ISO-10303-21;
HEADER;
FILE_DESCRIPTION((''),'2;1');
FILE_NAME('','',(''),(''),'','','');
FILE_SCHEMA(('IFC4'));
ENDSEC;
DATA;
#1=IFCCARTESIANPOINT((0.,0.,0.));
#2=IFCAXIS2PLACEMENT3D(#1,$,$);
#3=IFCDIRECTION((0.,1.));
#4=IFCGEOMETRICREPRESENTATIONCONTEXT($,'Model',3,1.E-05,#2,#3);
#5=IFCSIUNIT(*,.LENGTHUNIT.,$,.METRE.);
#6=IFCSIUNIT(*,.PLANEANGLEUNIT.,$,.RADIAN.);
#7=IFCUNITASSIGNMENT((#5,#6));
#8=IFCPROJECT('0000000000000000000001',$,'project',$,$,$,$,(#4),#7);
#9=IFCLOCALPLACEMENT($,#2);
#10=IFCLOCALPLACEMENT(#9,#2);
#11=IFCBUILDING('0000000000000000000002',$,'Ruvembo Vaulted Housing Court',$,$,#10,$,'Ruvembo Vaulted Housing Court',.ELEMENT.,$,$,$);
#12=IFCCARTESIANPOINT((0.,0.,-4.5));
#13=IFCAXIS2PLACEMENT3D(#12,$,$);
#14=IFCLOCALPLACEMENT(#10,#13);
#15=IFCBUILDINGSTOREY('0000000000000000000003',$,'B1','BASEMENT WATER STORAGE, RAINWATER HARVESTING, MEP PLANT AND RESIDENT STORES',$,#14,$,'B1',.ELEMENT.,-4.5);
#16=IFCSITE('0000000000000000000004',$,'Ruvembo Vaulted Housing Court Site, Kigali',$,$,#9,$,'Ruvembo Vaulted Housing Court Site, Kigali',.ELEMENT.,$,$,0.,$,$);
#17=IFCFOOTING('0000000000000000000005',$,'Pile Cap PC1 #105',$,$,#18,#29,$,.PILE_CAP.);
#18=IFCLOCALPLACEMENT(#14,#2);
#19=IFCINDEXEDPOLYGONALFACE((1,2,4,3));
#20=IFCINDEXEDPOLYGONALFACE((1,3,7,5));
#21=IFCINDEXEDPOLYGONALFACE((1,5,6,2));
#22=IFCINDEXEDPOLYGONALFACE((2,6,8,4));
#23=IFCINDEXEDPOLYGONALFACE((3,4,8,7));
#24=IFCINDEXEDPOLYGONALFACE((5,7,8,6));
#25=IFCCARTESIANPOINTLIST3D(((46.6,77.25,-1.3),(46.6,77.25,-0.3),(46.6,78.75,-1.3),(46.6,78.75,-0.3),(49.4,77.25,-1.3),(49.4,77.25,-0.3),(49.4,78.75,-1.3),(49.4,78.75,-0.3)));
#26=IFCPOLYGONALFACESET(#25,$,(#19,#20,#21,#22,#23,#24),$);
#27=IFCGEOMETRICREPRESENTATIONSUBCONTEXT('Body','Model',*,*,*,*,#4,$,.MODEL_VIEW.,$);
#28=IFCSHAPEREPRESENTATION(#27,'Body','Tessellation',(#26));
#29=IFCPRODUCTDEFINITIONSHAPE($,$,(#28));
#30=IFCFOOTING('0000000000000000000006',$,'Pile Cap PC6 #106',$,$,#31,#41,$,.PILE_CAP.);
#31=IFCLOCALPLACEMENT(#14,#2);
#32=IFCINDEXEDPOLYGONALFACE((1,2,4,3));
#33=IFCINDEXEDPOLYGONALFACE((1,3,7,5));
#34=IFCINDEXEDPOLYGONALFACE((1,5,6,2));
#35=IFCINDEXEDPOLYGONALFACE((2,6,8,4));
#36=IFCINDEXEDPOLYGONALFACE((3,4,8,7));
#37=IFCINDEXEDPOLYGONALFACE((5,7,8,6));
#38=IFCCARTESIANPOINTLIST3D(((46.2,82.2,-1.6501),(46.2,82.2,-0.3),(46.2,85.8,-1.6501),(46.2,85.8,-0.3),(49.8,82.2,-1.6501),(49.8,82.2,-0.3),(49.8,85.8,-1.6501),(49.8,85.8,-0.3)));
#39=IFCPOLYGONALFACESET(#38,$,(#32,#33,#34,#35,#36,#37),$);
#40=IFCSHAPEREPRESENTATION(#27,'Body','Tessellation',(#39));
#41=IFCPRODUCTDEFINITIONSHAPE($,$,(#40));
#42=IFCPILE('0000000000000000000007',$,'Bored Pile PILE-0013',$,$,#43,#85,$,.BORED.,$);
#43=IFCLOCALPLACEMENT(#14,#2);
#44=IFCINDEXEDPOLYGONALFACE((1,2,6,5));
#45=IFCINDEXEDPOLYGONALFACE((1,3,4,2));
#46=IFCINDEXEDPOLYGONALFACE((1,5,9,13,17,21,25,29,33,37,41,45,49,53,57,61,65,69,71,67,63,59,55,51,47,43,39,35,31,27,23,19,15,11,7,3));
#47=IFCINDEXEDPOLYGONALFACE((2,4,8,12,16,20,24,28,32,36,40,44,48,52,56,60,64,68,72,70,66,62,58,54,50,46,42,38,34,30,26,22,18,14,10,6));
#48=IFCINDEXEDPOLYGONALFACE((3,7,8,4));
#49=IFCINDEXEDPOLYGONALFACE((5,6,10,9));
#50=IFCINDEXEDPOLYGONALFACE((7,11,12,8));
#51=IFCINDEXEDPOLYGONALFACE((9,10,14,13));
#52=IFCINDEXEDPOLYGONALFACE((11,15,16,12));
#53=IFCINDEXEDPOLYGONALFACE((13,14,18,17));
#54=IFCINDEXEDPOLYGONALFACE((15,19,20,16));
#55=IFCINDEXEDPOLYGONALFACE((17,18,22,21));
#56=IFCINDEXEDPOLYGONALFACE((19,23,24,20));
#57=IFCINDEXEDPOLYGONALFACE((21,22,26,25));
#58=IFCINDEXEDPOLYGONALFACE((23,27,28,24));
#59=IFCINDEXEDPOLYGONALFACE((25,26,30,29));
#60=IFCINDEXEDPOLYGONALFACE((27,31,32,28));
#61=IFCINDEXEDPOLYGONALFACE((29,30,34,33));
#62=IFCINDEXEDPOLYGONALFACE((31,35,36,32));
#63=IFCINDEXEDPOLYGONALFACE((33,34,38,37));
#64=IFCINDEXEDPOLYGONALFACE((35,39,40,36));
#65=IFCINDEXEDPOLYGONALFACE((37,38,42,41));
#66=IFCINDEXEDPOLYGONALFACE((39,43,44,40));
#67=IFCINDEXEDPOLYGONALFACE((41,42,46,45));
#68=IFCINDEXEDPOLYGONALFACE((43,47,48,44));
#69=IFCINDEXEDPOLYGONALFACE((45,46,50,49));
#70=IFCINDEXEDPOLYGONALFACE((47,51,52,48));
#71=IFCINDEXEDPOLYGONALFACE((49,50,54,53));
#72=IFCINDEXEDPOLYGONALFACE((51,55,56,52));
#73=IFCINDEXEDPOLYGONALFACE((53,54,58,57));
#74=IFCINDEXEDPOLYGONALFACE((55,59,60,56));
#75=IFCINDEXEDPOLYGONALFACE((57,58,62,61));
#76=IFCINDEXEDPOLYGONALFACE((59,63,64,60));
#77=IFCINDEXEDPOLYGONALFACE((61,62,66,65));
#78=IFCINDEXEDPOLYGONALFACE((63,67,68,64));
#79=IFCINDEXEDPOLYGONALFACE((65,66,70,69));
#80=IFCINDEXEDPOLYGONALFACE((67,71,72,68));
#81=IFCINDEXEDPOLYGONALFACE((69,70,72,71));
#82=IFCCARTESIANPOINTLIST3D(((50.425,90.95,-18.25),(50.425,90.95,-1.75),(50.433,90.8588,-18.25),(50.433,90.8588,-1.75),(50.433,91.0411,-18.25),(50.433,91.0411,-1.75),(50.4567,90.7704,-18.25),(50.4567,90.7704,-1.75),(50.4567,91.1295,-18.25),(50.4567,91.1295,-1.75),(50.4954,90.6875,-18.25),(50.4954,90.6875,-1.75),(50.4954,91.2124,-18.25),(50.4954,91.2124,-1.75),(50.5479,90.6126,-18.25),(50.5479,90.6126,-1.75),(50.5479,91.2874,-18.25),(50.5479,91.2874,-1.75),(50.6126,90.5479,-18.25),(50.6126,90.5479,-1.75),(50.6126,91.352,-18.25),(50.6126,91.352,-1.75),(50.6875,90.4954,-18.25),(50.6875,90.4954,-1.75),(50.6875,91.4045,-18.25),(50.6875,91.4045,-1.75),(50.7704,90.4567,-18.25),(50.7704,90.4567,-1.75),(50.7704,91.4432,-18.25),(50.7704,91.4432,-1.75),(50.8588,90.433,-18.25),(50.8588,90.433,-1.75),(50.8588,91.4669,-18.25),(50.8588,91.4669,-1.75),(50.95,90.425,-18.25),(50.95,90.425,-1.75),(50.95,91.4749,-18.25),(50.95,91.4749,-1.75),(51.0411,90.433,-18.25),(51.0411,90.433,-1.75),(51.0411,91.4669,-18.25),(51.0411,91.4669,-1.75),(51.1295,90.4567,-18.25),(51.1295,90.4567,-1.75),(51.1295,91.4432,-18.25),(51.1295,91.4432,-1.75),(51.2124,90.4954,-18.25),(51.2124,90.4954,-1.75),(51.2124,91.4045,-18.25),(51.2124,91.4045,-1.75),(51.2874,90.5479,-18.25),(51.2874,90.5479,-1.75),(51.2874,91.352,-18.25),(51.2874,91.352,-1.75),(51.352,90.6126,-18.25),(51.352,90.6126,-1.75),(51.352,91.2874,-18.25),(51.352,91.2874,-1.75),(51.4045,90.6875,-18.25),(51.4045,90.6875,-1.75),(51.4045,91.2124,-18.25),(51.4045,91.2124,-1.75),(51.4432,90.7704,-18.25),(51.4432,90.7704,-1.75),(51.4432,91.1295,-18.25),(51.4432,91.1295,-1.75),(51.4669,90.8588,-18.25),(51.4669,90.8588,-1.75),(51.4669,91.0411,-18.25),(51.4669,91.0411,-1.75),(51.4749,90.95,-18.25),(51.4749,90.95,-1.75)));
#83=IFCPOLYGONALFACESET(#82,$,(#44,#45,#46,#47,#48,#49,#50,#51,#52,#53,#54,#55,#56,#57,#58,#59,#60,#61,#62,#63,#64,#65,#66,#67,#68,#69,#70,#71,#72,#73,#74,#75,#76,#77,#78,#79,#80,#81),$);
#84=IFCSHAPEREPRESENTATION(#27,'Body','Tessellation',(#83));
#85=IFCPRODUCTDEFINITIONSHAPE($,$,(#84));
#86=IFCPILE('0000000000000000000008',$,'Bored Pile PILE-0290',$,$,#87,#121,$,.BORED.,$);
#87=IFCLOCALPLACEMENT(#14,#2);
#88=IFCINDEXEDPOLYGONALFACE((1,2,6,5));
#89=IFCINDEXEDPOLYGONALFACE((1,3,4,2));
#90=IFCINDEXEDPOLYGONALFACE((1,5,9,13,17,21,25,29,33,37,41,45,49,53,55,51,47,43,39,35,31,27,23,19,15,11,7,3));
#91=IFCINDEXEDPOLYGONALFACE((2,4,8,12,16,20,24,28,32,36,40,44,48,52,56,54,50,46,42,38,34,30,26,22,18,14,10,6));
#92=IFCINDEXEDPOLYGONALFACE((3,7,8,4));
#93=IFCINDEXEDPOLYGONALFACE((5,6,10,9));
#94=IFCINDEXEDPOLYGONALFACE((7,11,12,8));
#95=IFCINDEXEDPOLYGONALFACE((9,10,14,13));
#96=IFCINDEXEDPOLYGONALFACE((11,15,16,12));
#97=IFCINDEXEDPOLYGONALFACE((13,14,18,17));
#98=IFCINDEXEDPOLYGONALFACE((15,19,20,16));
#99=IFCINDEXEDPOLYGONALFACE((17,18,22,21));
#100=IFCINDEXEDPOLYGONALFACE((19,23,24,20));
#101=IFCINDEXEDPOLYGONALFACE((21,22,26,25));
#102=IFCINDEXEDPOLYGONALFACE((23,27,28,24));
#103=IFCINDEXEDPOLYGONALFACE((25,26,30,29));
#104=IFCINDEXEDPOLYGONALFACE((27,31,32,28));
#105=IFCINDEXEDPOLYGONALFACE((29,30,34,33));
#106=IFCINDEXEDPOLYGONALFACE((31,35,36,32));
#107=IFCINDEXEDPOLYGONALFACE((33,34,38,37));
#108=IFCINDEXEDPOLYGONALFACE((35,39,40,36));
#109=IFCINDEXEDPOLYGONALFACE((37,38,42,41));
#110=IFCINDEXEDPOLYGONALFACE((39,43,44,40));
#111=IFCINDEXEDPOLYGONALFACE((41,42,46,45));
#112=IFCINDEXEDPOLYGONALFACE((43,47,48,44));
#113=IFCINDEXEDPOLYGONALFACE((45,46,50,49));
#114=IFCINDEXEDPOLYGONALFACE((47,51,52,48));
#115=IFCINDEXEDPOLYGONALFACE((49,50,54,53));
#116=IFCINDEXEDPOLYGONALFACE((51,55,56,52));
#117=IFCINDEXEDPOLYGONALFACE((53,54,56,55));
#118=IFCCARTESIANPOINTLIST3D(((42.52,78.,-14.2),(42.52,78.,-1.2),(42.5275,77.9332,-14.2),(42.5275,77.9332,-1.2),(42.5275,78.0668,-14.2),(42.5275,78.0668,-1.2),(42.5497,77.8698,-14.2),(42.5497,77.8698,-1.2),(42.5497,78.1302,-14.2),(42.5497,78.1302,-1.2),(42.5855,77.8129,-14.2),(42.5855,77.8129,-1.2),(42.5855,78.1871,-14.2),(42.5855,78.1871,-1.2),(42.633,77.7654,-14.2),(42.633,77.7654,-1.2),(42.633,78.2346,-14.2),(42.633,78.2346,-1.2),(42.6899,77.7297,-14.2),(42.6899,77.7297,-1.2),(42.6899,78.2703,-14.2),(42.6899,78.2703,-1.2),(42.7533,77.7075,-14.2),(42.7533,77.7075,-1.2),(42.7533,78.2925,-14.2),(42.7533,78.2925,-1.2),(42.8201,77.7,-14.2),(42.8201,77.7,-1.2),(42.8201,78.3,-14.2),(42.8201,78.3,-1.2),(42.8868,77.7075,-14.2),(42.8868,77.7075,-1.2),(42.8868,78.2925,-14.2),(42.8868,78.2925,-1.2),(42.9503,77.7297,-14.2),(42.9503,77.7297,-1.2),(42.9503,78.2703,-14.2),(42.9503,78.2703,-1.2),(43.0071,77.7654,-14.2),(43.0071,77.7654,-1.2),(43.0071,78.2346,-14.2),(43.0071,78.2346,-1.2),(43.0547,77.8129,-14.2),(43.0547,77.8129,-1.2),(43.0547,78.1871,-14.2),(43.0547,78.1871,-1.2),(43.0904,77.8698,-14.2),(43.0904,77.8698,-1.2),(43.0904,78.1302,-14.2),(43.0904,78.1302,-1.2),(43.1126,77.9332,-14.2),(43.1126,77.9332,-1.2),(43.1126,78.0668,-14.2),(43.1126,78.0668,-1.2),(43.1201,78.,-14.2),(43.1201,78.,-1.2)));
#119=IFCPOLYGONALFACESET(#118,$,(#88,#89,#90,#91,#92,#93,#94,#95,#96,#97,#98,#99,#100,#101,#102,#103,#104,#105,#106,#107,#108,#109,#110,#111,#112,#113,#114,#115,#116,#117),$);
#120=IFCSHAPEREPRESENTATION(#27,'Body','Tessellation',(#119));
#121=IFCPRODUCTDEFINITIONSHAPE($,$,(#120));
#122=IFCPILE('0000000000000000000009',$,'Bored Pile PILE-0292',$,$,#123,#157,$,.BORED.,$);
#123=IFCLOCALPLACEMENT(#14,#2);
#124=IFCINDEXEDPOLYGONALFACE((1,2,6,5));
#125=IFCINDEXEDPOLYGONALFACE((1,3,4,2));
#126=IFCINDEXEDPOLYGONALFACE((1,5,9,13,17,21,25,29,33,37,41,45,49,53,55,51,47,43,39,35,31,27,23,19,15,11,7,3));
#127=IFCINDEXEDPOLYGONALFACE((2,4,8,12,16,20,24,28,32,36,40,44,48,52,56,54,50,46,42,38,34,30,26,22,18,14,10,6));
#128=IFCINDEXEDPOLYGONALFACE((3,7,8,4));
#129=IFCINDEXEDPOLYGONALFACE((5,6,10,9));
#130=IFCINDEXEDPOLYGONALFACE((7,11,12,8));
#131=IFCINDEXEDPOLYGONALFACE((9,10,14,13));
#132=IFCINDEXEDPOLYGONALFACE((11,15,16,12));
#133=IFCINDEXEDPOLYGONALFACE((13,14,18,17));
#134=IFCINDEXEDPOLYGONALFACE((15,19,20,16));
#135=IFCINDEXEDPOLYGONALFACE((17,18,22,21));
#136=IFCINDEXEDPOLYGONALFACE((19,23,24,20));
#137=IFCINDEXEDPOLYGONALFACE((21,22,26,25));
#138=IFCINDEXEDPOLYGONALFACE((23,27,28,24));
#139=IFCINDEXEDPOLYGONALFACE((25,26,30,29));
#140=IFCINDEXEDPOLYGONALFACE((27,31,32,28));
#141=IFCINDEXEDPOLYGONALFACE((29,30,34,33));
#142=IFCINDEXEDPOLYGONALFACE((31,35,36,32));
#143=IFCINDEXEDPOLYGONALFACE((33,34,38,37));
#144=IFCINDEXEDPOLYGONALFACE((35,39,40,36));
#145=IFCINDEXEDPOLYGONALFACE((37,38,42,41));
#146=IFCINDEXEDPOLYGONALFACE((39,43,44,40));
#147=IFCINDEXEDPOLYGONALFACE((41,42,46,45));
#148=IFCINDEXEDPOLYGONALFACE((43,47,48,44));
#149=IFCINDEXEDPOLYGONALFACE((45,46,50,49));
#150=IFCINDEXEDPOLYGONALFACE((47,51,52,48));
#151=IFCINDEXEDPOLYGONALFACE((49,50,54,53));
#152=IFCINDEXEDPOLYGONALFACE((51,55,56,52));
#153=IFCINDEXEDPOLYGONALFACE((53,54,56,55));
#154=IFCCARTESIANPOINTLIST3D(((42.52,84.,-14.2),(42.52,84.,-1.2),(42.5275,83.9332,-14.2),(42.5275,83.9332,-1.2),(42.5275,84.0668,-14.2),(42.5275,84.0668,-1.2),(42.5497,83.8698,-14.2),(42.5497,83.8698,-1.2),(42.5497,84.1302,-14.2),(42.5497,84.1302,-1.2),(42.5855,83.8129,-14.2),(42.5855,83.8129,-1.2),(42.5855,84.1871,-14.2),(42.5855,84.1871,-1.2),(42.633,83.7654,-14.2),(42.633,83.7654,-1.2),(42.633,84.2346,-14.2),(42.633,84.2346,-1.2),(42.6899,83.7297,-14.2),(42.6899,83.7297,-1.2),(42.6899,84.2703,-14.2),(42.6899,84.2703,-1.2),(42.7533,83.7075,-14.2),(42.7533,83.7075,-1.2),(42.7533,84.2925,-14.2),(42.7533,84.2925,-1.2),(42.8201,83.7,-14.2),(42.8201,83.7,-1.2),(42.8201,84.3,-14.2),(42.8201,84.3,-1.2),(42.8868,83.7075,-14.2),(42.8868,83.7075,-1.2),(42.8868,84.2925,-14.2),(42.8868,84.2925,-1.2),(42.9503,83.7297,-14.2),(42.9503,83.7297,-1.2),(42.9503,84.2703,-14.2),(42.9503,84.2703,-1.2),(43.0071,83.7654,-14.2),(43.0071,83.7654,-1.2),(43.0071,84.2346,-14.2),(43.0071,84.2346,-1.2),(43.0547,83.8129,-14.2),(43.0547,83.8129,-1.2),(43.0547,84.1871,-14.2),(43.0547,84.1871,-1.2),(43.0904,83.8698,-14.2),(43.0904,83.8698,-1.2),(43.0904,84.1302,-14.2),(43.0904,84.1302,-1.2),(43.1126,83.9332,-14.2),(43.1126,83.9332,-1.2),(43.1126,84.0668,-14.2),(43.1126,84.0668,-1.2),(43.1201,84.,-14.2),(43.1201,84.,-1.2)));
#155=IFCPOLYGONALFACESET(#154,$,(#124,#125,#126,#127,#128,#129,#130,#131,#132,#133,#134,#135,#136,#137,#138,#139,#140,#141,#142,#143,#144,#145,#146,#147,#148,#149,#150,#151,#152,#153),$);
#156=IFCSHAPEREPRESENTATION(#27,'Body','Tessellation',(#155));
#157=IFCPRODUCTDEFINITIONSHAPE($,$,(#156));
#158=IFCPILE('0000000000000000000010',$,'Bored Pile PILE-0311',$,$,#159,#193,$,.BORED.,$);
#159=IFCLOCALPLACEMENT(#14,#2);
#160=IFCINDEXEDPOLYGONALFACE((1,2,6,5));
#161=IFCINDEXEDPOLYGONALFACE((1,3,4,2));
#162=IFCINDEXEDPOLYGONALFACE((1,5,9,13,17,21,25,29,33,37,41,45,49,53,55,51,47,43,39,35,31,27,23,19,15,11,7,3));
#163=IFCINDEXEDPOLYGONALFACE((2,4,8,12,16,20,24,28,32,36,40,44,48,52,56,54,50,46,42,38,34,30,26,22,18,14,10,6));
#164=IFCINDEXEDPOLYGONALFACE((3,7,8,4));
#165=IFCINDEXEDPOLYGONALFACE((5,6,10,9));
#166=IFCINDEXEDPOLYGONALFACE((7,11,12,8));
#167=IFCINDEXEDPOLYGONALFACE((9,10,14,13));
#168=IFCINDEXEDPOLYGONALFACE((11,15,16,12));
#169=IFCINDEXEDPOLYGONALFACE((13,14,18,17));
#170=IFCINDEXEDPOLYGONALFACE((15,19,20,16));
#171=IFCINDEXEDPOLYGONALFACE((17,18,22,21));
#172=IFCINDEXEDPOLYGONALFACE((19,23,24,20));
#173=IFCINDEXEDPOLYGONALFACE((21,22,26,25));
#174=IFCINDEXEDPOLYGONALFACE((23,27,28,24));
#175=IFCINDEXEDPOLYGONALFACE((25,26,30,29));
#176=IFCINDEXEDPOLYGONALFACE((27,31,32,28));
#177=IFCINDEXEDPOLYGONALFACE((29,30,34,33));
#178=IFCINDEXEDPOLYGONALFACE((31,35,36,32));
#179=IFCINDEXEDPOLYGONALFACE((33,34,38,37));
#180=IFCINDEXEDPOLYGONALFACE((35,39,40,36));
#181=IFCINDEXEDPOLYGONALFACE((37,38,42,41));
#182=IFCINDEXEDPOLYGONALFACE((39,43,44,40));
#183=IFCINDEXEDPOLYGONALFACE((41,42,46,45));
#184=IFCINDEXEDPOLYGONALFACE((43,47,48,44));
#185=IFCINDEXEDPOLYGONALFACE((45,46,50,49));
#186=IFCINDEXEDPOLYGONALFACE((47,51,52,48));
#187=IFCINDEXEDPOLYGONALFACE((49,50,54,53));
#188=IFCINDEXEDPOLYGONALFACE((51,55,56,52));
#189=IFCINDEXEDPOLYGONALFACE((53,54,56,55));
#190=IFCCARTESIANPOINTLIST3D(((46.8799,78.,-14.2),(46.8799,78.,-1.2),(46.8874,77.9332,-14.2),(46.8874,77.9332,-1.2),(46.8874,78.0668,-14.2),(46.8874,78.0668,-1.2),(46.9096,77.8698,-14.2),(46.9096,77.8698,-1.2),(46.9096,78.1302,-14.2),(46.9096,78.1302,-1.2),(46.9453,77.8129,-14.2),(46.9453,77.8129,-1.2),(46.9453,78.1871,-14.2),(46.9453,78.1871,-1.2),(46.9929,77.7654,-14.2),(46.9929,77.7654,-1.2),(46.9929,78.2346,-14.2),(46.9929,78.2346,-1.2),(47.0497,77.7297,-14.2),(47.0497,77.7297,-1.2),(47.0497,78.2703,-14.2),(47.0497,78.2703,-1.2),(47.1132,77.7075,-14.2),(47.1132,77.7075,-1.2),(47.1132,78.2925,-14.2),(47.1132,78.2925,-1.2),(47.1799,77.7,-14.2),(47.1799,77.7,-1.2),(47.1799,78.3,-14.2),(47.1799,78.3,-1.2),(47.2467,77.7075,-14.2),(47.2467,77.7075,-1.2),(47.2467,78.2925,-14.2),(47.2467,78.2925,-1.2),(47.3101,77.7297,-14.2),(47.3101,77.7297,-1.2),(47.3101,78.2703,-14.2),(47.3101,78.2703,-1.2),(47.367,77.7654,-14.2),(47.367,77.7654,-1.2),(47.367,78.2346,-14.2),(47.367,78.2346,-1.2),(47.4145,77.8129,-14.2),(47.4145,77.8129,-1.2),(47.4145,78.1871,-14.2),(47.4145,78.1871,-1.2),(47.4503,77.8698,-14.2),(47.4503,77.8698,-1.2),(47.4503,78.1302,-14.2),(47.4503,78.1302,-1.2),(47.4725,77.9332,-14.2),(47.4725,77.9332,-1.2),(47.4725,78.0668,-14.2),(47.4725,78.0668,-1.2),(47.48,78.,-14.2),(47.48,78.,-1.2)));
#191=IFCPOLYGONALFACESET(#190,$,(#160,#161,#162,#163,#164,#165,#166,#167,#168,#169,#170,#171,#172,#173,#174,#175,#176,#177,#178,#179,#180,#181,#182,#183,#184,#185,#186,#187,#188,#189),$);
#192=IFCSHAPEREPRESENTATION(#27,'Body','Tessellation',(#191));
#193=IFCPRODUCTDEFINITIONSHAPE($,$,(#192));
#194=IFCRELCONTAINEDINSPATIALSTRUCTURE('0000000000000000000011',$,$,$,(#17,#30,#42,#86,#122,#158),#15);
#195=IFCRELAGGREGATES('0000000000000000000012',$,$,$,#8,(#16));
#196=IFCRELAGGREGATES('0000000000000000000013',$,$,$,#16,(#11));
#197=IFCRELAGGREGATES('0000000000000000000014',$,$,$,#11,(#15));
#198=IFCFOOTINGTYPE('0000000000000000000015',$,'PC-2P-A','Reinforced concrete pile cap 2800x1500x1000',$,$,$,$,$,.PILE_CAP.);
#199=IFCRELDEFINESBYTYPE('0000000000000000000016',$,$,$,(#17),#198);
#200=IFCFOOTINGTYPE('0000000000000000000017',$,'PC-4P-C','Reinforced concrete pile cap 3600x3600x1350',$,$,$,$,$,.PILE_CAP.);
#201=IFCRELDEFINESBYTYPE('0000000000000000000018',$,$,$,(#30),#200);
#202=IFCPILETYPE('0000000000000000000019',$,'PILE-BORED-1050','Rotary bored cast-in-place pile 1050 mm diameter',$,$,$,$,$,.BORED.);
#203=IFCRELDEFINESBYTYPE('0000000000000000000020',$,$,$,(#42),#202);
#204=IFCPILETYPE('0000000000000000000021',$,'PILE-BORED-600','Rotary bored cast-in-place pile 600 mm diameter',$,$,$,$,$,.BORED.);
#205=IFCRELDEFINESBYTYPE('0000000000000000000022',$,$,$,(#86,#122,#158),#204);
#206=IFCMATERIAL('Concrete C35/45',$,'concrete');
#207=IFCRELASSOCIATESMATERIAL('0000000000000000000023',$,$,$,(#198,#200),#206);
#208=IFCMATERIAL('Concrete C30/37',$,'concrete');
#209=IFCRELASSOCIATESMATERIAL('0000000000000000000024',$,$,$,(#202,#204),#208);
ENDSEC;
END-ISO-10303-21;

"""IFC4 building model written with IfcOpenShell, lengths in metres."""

from ifc_helpers import new_model, si_unit, direction, frame, origin, origin_2d, place, context, subcontext, project, spatial, rectangle, circle, extrude, material, material_profile, profile_set, type_object, element, save


model = new_model("IFC4")

# Units and contexts
model_context = context("Model", 3, precision=1e-05, world=origin(), true_north=direction((0.0, 1.0)))
body_context = subcontext(model_context, "Body", "Model", "MODEL_VIEW")
ifc_project = project(units=[si_unit("LENGTHUNIT", "METRE"), si_unit("PLANEANGLEUNIT", "RADIAN")], contexts=[model_context])

# Site, building, storey
site_placement = place(None, origin())
site = spatial("IfcSite", under=ifc_project, at=site_placement, Name="Ruvembo Vaulted Housing Court Site, Kigali", LongName="Ruvembo Vaulted Housing Court Site, Kigali", CompositionType="ELEMENT", RefElevation=0.0)
building_placement = place(site_placement, origin())
building = spatial("IfcBuilding", under=site, at=building_placement, Name="Ruvembo Vaulted Housing Court", LongName="Ruvembo Vaulted Housing Court", CompositionType="ELEMENT")
storey_placement = place(building_placement, frame((0.0, 0.0, -4.5)))
storey = spatial("IfcBuildingStorey", under=building, at=storey_placement, Name="B1", Description="BASEMENT WATER STORAGE, RAINWATER HARVESTING, MEP PLANT AND RESIDENT STORES", LongName="B1", CompositionType="ELEMENT", Elevation=-4.5)

# Footings
ifc_material_1 = material(Name="Concrete C35/45", Category="concrete")
footing_type_1 = type_object("IfcFootingType", Name="PC-2P-A", Description="Reinforced concrete pile cap 2800x1500x1000", PredefinedType="PILE_CAP", material=ifc_material_1)
footing_1_placement = place(storey_placement, frame((48.0, 78.0, -1.3), z_axis=(0.0, 0.0, 1.0), x_axis=(1.0, 0.0, 0.0)))
element("IfcFooting", 1, at=footing_1_placement, inside=storey, type_object=footing_type_1, Name="Pile Cap PC1 #105", PredefinedType="PILE_CAP", context=body_context, shape_type="SweptSolid", body=[
    extrude(rectangle(XDim=2.8, YDim=1.5, at=origin_2d()), origin(), (0.0, 0.0, 1.0), 1.0),
])
footing_type_2 = type_object("IfcFootingType", Name="PC-4P-C", Description="Reinforced concrete pile cap 3600x3600x1350", PredefinedType="PILE_CAP", material=ifc_material_1)
footing_2_placement = place(storey_placement, frame((48.0, 84.0, -1.6501), z_axis=(0.0, 0.0, 1.0), x_axis=(1.0, 0.0, 0.0)))
element("IfcFooting", 2, at=footing_2_placement, inside=storey, type_object=footing_type_2, Name="Pile Cap PC6 #106", PredefinedType="PILE_CAP", context=body_context, shape_type="SweptSolid", body=[
    extrude(rectangle(XDim=3.6001, YDim=3.6001, at=origin_2d()), origin(), (0.0, 0.0, 1.0), 1.3501),
])

# Piles
ifc_material_2 = material(Name="Concrete C30/37", Category="concrete")
ifc_material_profile_1 = material_profile(ifc_material_2, circle(Radius=0.5249, at=origin_2d()), Name="PILE D1050")
ifc_profile_set_1 = profile_set([ifc_material_profile_1], Name="Concrete C30/37")
pile_type_1 = type_object("IfcPileType", Name="PILE-BORED-1050", Description="Rotary bored cast-in-place pile 1050 mm diameter", PredefinedType="BORED", material=ifc_profile_set_1)
pile_placement = place(storey_placement, frame((50.95, 90.95, -1.75), z_axis=(0.0, 0.0, -1.0), x_axis=(1.0, 0.0, 0.0)))
element("IfcPile", 3, at=pile_placement, inside=storey, type_object=pile_type_1, Name="Bored Pile PILE-0013", PredefinedType="BORED", context=body_context, shape_type="SweptSolid", body=[
    extrude(circle(Radius=0.5249, at=origin_2d()), origin(), (0.0, 0.0, 1.0), 16.5),
])
ifc_material_profile_2 = material_profile(ifc_material_2, circle(Radius=0.3, at=origin_2d()), Name="PILE D600")
ifc_profile_set_2 = profile_set([ifc_material_profile_2], Name="Concrete C30/37")
pile_type_2 = type_object("IfcPileType", Name="PILE-BORED-600", Description="Rotary bored cast-in-place pile 600 mm diameter", PredefinedType="BORED", material=ifc_profile_set_2)
for number, where, z_axis, x_axis, name in (
    (4, (42.8201, 78.0, -1.2), (0.0, 0.0, -1.0), (1.0, 0.0, 0.0), "Bored Pile PILE-0290"),
    (5, (42.8201, 84.0, -1.2), (0.0, 0.0, -1.0), (1.0, 0.0, 0.0), "Bored Pile PILE-0292"),
    (6, (47.1799, 78.0, -1.2), (0.0, 0.0, -1.0), (1.0, 0.0, 0.0), "Bored Pile PILE-0311"),
):
    element("IfcPile", number, at=place(storey_placement, frame(where, z_axis=z_axis, x_axis=x_axis)), inside=storey, type_object=pile_type_2, Name=name, PredefinedType="BORED", context=body_context, shape_type="SweptSolid", body=[
        extrude(circle(Radius=0.3, at=origin_2d()), origin(), (0.0, 0.0, 1.0), 13.0),
    ])

save(model, "model.ifc")
